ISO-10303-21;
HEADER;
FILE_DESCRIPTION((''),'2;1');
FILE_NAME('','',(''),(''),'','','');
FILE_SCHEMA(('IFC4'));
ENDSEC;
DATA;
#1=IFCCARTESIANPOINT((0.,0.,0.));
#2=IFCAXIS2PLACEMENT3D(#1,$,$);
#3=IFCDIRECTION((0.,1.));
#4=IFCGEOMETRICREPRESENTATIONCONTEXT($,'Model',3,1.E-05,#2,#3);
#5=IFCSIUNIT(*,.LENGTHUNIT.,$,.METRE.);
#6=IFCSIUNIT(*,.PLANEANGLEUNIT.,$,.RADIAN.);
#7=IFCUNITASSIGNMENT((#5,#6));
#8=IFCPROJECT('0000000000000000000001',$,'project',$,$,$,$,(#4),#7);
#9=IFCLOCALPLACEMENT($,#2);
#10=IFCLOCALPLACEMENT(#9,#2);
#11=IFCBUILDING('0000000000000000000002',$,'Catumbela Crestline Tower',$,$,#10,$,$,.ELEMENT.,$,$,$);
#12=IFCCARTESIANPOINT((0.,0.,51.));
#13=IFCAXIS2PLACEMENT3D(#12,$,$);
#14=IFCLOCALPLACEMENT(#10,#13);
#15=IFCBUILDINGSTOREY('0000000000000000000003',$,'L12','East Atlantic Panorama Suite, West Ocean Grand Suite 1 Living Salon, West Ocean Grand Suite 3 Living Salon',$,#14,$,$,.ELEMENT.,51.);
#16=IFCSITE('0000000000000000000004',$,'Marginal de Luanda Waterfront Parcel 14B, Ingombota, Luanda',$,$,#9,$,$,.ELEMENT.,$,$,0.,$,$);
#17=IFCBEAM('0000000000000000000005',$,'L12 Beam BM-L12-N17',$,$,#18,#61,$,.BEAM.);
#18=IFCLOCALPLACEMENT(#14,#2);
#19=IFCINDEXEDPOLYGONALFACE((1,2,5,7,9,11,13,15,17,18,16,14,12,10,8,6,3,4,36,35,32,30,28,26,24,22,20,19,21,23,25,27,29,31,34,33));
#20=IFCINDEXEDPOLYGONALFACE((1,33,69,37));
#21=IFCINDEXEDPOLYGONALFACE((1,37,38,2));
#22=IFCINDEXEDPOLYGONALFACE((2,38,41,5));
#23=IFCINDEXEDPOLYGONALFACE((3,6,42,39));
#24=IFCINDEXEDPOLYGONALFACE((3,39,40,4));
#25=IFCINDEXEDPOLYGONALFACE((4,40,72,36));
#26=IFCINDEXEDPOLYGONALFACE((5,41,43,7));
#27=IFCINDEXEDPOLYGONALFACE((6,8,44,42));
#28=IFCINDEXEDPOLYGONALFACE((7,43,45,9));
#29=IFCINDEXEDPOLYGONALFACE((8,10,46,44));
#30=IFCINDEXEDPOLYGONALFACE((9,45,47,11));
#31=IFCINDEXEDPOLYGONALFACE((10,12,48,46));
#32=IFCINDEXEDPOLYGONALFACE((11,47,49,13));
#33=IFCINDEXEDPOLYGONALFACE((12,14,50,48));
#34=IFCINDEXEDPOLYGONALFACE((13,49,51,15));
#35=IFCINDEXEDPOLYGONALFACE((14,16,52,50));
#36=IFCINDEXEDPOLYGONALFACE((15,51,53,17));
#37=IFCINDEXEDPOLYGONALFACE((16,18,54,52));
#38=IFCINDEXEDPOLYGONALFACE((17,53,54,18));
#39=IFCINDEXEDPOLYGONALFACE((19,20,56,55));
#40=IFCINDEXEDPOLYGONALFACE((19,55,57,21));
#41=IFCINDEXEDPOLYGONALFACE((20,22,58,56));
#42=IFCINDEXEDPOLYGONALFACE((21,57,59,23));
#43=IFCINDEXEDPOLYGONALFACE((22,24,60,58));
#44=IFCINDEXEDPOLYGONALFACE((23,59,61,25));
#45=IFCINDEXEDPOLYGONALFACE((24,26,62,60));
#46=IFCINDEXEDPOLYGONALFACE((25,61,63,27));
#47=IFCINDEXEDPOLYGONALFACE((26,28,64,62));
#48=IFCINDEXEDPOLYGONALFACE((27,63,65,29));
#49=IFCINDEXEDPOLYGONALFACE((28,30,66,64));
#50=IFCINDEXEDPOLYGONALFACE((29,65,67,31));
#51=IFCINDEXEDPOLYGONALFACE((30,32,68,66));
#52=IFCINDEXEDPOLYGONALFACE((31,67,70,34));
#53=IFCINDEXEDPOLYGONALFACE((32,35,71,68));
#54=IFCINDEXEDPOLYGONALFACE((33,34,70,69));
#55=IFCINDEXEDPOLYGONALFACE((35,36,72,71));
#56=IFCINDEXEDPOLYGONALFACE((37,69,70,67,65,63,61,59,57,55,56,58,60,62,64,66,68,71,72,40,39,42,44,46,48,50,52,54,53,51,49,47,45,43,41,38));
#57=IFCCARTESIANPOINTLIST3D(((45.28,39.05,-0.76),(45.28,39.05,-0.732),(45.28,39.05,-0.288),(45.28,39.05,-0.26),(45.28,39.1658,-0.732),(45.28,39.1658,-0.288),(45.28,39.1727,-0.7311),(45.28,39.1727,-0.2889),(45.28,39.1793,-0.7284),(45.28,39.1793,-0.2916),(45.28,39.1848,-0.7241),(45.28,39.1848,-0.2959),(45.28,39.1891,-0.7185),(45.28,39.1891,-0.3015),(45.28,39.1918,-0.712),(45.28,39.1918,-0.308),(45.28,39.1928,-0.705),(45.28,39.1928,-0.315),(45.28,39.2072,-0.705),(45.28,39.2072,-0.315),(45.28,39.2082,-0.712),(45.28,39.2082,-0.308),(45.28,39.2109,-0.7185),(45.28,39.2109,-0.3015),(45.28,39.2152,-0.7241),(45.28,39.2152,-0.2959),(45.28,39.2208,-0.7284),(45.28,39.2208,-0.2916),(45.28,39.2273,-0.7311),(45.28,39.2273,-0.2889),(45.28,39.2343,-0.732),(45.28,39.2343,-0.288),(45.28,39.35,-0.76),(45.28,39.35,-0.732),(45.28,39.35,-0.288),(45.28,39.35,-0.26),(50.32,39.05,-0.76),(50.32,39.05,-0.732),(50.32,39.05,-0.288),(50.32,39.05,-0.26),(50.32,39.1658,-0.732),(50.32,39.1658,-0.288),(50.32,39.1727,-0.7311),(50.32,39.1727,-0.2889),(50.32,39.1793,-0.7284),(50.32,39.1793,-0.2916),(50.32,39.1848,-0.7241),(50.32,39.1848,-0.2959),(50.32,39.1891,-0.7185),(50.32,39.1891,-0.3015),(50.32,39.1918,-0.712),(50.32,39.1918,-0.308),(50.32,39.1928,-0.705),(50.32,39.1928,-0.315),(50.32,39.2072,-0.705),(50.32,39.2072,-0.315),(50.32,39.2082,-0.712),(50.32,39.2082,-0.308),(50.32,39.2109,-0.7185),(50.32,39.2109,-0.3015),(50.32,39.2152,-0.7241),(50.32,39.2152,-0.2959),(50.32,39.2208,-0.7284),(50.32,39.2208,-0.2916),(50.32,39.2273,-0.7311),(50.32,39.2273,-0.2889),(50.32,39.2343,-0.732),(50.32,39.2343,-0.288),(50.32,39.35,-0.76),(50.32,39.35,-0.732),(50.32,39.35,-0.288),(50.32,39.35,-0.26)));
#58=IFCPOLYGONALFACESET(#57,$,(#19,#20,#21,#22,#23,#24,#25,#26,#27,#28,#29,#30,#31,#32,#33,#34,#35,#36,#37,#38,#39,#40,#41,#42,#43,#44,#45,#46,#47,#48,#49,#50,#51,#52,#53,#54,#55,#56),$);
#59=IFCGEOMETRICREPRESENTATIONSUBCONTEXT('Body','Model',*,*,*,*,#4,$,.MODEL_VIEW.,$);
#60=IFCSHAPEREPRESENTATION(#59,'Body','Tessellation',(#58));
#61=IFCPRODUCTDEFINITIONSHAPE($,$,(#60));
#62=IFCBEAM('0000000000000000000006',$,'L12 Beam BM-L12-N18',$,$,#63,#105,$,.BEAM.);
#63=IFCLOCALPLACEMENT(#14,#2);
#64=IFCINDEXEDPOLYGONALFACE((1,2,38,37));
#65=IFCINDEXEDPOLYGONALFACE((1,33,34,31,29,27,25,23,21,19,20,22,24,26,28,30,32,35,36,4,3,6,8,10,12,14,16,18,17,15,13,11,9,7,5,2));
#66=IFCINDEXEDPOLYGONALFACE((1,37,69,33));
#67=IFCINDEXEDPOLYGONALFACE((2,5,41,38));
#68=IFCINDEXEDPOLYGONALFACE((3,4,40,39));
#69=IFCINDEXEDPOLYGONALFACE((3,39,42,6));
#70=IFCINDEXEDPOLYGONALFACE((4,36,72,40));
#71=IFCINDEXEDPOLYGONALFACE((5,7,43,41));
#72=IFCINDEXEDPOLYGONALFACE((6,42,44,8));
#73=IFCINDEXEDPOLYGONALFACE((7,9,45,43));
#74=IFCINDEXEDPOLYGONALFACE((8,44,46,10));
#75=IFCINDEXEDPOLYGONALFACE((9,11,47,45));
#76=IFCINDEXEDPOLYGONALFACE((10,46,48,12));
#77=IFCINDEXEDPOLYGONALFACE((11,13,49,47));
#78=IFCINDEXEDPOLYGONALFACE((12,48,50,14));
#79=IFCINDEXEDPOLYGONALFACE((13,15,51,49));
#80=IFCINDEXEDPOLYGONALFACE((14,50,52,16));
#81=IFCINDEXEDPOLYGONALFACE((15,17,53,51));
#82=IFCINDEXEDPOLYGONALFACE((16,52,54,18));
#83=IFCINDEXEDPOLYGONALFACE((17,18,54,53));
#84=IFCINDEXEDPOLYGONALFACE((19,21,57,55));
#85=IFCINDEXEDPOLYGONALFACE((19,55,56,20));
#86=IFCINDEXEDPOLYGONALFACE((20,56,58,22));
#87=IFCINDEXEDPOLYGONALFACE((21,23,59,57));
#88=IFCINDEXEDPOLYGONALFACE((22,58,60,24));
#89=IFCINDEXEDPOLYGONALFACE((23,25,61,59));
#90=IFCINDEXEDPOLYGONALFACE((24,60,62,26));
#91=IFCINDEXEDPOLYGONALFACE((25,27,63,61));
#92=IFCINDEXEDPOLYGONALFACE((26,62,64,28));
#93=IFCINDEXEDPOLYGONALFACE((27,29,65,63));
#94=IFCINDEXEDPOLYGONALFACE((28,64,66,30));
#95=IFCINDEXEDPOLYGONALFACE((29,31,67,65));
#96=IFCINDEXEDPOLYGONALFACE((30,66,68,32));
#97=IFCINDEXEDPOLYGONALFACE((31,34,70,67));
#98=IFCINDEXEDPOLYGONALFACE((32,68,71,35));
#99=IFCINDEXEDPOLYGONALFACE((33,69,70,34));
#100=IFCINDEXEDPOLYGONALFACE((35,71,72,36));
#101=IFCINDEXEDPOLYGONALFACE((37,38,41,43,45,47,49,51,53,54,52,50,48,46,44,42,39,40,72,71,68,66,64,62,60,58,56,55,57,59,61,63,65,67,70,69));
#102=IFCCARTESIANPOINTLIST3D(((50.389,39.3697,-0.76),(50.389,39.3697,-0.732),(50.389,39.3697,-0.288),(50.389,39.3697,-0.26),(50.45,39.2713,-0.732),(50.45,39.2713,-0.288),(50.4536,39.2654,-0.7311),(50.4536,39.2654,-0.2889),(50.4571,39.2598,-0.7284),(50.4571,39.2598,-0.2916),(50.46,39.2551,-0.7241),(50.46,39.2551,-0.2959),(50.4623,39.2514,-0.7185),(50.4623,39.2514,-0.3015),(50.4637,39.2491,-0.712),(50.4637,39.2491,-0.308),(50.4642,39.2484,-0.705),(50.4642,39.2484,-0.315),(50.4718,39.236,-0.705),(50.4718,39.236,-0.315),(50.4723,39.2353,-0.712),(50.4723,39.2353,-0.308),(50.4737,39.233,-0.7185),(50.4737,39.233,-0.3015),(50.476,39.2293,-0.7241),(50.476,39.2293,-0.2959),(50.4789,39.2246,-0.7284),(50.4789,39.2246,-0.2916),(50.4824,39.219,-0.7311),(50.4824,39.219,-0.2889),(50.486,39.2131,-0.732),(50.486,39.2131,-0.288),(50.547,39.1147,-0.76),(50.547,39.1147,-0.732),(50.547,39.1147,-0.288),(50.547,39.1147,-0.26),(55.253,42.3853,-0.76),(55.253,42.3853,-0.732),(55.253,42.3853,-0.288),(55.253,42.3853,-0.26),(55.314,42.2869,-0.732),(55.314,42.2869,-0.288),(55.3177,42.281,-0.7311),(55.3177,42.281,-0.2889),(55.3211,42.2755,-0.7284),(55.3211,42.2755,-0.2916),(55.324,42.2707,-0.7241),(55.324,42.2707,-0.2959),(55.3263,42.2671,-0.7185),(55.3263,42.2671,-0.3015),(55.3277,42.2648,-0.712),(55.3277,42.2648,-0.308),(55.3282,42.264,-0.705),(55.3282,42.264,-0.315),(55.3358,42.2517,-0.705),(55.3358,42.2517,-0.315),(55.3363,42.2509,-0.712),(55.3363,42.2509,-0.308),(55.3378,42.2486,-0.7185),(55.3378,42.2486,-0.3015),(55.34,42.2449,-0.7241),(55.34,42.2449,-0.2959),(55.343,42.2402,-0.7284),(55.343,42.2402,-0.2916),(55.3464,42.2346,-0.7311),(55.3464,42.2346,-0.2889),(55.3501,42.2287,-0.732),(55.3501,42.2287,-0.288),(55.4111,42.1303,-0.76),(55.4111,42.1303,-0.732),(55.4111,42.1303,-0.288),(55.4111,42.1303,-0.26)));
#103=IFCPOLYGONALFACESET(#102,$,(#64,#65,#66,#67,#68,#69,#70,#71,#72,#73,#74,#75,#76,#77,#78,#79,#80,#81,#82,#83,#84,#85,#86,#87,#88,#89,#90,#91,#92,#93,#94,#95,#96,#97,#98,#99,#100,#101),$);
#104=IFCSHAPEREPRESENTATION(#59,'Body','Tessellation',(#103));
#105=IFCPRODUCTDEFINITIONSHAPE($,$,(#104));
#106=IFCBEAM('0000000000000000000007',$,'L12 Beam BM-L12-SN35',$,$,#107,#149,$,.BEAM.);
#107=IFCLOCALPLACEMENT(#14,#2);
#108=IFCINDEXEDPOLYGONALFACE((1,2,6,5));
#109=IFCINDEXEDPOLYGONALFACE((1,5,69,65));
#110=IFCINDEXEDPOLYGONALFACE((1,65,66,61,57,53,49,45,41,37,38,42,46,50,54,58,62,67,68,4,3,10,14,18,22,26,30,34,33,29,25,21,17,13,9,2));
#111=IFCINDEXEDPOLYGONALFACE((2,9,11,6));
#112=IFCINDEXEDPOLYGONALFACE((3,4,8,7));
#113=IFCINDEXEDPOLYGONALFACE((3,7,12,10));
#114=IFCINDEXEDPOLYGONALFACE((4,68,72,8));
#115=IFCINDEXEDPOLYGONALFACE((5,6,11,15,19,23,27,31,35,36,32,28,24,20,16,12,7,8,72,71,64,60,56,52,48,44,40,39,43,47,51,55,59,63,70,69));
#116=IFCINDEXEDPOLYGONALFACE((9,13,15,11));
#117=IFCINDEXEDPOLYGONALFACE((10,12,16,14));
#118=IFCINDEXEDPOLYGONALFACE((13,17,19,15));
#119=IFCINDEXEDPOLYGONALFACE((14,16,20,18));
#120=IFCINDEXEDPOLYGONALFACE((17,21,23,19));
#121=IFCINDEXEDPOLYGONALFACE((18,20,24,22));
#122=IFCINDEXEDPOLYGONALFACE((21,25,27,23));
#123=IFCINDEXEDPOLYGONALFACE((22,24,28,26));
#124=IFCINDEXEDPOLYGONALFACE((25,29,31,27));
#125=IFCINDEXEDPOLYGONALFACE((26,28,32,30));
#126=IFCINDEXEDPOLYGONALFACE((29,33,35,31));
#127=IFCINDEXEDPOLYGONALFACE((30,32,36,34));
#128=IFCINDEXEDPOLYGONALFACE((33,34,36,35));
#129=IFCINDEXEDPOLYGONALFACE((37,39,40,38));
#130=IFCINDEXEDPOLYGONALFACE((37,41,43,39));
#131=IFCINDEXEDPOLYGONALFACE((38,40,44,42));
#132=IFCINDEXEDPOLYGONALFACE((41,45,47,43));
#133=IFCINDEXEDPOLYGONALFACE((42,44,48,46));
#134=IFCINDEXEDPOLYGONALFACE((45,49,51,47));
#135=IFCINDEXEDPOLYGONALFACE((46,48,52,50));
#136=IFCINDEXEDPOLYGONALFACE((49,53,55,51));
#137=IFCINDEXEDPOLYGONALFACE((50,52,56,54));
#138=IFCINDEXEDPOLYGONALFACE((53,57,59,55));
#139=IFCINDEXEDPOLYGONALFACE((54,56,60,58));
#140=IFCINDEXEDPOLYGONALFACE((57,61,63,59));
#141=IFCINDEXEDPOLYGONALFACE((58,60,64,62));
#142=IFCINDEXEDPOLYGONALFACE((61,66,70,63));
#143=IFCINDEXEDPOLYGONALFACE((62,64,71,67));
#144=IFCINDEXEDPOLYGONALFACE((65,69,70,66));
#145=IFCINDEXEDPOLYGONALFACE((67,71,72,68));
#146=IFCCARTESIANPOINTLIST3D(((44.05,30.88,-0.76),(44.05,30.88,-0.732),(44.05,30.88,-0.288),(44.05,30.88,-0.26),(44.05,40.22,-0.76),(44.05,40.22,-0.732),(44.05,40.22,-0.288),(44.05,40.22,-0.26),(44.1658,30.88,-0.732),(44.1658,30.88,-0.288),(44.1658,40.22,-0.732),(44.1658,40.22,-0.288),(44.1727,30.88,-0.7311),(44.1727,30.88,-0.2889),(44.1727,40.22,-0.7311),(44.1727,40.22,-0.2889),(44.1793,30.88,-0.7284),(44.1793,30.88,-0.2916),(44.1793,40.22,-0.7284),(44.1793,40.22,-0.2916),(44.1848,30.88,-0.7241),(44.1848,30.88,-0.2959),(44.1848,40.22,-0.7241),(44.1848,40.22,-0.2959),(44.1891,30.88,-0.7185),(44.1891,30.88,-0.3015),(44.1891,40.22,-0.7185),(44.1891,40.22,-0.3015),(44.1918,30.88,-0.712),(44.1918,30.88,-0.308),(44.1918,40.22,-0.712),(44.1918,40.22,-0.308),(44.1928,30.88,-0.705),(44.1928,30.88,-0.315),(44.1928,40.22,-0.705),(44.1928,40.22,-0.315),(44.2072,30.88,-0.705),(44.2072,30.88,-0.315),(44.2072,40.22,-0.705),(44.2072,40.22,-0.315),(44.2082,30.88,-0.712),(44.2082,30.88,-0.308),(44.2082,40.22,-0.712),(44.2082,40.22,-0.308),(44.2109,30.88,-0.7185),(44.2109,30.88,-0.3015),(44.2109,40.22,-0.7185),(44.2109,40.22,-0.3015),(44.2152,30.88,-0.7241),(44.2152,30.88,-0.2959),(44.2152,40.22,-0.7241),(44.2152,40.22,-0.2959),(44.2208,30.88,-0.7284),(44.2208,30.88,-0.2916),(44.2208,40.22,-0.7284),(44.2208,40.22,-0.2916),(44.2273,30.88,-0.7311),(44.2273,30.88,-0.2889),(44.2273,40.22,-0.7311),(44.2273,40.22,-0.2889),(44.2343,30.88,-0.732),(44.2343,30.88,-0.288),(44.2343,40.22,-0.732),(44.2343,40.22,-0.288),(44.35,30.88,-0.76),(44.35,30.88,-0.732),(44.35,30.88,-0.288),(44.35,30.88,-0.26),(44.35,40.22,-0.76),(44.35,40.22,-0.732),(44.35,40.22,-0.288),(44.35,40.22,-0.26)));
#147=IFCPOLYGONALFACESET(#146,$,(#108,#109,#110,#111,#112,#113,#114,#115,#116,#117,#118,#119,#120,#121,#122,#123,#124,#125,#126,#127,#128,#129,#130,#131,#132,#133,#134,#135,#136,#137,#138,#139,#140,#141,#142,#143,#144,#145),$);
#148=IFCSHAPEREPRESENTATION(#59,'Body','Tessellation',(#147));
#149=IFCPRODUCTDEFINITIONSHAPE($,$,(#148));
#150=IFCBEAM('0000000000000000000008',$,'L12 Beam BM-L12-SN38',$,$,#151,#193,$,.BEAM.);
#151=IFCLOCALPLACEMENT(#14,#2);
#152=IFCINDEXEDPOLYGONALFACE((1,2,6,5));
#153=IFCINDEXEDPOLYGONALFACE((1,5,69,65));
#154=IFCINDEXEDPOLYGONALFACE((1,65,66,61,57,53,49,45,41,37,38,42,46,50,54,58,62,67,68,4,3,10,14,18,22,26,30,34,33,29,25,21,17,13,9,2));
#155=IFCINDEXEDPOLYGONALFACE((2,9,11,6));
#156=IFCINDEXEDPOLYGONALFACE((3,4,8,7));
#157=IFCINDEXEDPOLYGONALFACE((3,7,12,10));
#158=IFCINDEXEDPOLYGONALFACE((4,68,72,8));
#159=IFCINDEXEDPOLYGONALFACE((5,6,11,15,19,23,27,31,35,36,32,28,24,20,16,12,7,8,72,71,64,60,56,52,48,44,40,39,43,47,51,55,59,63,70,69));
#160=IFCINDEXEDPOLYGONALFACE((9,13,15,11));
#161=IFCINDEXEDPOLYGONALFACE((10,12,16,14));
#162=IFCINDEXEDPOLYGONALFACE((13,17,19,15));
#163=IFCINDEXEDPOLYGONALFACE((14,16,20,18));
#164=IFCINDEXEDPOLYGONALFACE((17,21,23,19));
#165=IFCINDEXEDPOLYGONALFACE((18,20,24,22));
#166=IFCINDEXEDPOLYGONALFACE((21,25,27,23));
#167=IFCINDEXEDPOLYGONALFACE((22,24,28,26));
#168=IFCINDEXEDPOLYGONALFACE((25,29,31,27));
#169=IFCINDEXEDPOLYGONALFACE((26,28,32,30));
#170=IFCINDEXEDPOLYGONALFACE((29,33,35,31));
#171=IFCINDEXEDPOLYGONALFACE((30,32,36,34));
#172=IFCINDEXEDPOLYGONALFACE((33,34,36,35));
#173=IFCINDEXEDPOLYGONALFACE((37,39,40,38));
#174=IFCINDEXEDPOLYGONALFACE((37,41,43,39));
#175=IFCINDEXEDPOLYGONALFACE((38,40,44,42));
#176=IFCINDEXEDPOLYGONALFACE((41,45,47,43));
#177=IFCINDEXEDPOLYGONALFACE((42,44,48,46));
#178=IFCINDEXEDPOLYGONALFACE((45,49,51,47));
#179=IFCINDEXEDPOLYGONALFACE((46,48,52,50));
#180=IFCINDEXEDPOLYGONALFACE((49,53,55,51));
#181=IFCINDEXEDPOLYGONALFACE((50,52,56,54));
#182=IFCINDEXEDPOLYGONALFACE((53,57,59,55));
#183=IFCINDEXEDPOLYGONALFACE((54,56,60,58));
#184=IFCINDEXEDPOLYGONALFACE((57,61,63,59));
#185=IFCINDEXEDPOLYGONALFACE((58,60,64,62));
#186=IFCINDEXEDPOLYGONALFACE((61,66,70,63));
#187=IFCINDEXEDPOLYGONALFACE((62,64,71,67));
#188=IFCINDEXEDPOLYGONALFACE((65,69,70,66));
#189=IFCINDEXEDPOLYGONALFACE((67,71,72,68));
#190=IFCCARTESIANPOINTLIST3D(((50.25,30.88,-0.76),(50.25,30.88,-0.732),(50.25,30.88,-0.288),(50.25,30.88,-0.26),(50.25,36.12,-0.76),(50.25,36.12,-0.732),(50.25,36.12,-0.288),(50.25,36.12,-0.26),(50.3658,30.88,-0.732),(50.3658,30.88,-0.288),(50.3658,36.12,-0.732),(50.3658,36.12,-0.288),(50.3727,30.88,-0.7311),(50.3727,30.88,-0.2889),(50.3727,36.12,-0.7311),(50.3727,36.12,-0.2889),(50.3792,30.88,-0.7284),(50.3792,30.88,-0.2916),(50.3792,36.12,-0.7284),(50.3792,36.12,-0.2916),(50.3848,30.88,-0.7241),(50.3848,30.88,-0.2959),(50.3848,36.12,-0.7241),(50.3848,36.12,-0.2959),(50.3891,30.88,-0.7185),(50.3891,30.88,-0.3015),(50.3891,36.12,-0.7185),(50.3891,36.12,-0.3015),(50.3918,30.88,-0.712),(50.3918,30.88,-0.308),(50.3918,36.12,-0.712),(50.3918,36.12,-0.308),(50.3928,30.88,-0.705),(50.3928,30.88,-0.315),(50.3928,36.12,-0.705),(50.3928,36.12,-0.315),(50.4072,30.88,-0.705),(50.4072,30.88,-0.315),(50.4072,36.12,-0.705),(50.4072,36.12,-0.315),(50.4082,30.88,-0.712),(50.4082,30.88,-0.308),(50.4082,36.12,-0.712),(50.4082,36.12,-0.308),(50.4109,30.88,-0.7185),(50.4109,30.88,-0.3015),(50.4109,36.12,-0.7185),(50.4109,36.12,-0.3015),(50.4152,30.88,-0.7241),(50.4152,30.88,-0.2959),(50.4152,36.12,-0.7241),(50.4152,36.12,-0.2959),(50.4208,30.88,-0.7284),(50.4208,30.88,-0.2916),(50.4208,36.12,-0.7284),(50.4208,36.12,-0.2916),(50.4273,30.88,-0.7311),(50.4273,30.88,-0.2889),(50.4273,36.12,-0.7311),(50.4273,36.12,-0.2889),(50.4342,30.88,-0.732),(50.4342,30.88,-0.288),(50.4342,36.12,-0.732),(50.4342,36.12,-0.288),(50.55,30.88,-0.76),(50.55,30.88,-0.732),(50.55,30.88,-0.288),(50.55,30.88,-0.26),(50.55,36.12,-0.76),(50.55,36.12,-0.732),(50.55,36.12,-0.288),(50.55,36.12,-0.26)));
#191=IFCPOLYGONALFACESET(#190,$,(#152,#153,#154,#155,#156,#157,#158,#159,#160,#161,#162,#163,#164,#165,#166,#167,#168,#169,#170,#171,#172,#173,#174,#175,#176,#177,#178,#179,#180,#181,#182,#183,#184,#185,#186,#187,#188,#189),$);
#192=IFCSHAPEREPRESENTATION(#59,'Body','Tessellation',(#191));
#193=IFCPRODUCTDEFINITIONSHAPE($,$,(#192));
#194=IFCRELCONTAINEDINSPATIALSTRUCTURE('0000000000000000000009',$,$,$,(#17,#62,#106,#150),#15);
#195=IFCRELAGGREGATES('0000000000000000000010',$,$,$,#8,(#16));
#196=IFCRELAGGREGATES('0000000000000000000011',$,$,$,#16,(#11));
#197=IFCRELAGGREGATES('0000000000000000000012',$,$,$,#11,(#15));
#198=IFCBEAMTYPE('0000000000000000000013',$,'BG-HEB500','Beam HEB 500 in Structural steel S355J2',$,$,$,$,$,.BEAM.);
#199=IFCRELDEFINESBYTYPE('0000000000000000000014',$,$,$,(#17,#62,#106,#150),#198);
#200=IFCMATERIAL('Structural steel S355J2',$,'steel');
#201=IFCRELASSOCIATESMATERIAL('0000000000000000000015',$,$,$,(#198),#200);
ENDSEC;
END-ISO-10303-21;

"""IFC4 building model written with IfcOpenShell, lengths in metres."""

from ifc_helpers import new_model, si_unit, direction, frame, origin, origin_2d, place, context, subcontext, project, spatial, i_section, extrude, material, material_profile, profile_set, type_object, element, save


model = new_model("IFC4")

# Units and contexts
model_context = context("Model", 3, precision=1e-05, world=origin(), true_north=direction((0.0, 1.0)))
body_context = subcontext(model_context, "Body", "Model", "MODEL_VIEW")
ifc_project = project(units=[si_unit("LENGTHUNIT", "METRE"), si_unit("PLANEANGLEUNIT", "RADIAN")], contexts=[model_context])

# Site, building, storey
site_placement = place(None, origin())
site = spatial("IfcSite", under=ifc_project, at=site_placement, Name="Marginal de Luanda Waterfront Parcel 14B, Ingombota, Luanda", CompositionType="ELEMENT", RefElevation=0.0)
building_placement = place(site_placement, origin())
building = spatial("IfcBuilding", under=site, at=building_placement, Name="Catumbela Crestline Tower", CompositionType="ELEMENT")
storey_placement = place(building_placement, frame((0.0, 0.0, 51.0)))
storey = spatial("IfcBuildingStorey", under=building, at=storey_placement, Name="L12", Description="East Atlantic Panorama Suite, West Ocean Grand Suite 1 Living Salon, West Ocean Grand Suite 3 Living Salon", CompositionType="ELEMENT", Elevation=51.0)

# Beams
ifc_material_1 = material(Name="Structural steel S355J2", Category="steel")
ifc_material_profile_1 = material_profile(ifc_material_1, i_section(OverallWidth=0.3, OverallDepth=0.5, WebThickness=0.0145, FlangeThickness=0.028, FilletRadius=0.027, at=origin_2d()), Name="HEB 500")
ifc_profile_set_1 = profile_set([ifc_material_profile_1], Name="Structural steel S355J2")
beam_type_1 = type_object("IfcBeamType", Name="BG-HEB500", Description="Beam HEB 500 in Structural steel S355J2", PredefinedType="BEAM", material=ifc_profile_set_1)
beam_1_placement = place(storey_placement, frame((45.28, 39.2, -0.51), z_axis=(1.0, 0.0, 0.0), x_axis=(0.0, 1.0, 0.0)))
element("IfcBeam", 1, at=beam_1_placement, inside=storey, type_object=beam_type_1, Name="L12 Beam BM-L12-N17", PredefinedType="BEAM", context=body_context, shape_type="SweptSolid", body=[
    extrude(i_section(OverallWidth=0.3, OverallDepth=0.5, WebThickness=0.0145, FlangeThickness=0.028, FilletRadius=0.027, at=origin_2d()), origin(), (0.0, 0.0, 1.0), 5.04),
])
beam_2_placement = place(storey_placement, frame((50.468, 39.2422, -0.51), z_axis=(0.849909, 0.52693, 0.0), x_axis=(-0.52693, 0.849909, 0.0)))
element("IfcBeam", 2, at=beam_2_placement, inside=storey, type_object=beam_type_1, Name="L12 Beam BM-L12-N18", PredefinedType="BEAM", context=body_context, shape_type="SweptSolid", body=[
    extrude(i_section(OverallWidth=0.3, OverallDepth=0.5, WebThickness=0.0145, FlangeThickness=0.028, FilletRadius=0.027, at=origin_2d()), origin(), (0.0, 0.0, 1.0), 5.723),
])
beam_3_placement = place(storey_placement, frame((44.2, 30.88, -0.51), z_axis=(0.0, 1.0, 0.0), x_axis=(-1.0, 0.0, 0.0)))
element("IfcBeam", 3, at=beam_3_placement, inside=storey, type_object=beam_type_1, Name="L12 Beam BM-L12-SN35", PredefinedType="BEAM", context=body_context, shape_type="SweptSolid", body=[
    extrude(i_section(OverallWidth=0.3, OverallDepth=0.5, WebThickness=0.0145, FlangeThickness=0.028, FilletRadius=0.027, at=origin_2d()), origin(), (0.0, 0.0, 1.0), 9.34),
])
beam_4_placement = place(storey_placement, frame((50.4, 30.88, -0.51), z_axis=(0.0, 1.0, 0.0), x_axis=(-1.0, 0.0, 0.0)))
element("IfcBeam", 4, at=beam_4_placement, inside=storey, type_object=beam_type_1, Name="L12 Beam BM-L12-SN38", PredefinedType="BEAM", context=body_context, shape_type="SweptSolid", body=[
    extrude(i_section(OverallWidth=0.3, OverallDepth=0.5, WebThickness=0.0145, FlangeThickness=0.028, FilletRadius=0.027, at=origin_2d()), origin(), (0.0, 0.0, 1.0), 5.24),
])

save(model, "model.ifc")
